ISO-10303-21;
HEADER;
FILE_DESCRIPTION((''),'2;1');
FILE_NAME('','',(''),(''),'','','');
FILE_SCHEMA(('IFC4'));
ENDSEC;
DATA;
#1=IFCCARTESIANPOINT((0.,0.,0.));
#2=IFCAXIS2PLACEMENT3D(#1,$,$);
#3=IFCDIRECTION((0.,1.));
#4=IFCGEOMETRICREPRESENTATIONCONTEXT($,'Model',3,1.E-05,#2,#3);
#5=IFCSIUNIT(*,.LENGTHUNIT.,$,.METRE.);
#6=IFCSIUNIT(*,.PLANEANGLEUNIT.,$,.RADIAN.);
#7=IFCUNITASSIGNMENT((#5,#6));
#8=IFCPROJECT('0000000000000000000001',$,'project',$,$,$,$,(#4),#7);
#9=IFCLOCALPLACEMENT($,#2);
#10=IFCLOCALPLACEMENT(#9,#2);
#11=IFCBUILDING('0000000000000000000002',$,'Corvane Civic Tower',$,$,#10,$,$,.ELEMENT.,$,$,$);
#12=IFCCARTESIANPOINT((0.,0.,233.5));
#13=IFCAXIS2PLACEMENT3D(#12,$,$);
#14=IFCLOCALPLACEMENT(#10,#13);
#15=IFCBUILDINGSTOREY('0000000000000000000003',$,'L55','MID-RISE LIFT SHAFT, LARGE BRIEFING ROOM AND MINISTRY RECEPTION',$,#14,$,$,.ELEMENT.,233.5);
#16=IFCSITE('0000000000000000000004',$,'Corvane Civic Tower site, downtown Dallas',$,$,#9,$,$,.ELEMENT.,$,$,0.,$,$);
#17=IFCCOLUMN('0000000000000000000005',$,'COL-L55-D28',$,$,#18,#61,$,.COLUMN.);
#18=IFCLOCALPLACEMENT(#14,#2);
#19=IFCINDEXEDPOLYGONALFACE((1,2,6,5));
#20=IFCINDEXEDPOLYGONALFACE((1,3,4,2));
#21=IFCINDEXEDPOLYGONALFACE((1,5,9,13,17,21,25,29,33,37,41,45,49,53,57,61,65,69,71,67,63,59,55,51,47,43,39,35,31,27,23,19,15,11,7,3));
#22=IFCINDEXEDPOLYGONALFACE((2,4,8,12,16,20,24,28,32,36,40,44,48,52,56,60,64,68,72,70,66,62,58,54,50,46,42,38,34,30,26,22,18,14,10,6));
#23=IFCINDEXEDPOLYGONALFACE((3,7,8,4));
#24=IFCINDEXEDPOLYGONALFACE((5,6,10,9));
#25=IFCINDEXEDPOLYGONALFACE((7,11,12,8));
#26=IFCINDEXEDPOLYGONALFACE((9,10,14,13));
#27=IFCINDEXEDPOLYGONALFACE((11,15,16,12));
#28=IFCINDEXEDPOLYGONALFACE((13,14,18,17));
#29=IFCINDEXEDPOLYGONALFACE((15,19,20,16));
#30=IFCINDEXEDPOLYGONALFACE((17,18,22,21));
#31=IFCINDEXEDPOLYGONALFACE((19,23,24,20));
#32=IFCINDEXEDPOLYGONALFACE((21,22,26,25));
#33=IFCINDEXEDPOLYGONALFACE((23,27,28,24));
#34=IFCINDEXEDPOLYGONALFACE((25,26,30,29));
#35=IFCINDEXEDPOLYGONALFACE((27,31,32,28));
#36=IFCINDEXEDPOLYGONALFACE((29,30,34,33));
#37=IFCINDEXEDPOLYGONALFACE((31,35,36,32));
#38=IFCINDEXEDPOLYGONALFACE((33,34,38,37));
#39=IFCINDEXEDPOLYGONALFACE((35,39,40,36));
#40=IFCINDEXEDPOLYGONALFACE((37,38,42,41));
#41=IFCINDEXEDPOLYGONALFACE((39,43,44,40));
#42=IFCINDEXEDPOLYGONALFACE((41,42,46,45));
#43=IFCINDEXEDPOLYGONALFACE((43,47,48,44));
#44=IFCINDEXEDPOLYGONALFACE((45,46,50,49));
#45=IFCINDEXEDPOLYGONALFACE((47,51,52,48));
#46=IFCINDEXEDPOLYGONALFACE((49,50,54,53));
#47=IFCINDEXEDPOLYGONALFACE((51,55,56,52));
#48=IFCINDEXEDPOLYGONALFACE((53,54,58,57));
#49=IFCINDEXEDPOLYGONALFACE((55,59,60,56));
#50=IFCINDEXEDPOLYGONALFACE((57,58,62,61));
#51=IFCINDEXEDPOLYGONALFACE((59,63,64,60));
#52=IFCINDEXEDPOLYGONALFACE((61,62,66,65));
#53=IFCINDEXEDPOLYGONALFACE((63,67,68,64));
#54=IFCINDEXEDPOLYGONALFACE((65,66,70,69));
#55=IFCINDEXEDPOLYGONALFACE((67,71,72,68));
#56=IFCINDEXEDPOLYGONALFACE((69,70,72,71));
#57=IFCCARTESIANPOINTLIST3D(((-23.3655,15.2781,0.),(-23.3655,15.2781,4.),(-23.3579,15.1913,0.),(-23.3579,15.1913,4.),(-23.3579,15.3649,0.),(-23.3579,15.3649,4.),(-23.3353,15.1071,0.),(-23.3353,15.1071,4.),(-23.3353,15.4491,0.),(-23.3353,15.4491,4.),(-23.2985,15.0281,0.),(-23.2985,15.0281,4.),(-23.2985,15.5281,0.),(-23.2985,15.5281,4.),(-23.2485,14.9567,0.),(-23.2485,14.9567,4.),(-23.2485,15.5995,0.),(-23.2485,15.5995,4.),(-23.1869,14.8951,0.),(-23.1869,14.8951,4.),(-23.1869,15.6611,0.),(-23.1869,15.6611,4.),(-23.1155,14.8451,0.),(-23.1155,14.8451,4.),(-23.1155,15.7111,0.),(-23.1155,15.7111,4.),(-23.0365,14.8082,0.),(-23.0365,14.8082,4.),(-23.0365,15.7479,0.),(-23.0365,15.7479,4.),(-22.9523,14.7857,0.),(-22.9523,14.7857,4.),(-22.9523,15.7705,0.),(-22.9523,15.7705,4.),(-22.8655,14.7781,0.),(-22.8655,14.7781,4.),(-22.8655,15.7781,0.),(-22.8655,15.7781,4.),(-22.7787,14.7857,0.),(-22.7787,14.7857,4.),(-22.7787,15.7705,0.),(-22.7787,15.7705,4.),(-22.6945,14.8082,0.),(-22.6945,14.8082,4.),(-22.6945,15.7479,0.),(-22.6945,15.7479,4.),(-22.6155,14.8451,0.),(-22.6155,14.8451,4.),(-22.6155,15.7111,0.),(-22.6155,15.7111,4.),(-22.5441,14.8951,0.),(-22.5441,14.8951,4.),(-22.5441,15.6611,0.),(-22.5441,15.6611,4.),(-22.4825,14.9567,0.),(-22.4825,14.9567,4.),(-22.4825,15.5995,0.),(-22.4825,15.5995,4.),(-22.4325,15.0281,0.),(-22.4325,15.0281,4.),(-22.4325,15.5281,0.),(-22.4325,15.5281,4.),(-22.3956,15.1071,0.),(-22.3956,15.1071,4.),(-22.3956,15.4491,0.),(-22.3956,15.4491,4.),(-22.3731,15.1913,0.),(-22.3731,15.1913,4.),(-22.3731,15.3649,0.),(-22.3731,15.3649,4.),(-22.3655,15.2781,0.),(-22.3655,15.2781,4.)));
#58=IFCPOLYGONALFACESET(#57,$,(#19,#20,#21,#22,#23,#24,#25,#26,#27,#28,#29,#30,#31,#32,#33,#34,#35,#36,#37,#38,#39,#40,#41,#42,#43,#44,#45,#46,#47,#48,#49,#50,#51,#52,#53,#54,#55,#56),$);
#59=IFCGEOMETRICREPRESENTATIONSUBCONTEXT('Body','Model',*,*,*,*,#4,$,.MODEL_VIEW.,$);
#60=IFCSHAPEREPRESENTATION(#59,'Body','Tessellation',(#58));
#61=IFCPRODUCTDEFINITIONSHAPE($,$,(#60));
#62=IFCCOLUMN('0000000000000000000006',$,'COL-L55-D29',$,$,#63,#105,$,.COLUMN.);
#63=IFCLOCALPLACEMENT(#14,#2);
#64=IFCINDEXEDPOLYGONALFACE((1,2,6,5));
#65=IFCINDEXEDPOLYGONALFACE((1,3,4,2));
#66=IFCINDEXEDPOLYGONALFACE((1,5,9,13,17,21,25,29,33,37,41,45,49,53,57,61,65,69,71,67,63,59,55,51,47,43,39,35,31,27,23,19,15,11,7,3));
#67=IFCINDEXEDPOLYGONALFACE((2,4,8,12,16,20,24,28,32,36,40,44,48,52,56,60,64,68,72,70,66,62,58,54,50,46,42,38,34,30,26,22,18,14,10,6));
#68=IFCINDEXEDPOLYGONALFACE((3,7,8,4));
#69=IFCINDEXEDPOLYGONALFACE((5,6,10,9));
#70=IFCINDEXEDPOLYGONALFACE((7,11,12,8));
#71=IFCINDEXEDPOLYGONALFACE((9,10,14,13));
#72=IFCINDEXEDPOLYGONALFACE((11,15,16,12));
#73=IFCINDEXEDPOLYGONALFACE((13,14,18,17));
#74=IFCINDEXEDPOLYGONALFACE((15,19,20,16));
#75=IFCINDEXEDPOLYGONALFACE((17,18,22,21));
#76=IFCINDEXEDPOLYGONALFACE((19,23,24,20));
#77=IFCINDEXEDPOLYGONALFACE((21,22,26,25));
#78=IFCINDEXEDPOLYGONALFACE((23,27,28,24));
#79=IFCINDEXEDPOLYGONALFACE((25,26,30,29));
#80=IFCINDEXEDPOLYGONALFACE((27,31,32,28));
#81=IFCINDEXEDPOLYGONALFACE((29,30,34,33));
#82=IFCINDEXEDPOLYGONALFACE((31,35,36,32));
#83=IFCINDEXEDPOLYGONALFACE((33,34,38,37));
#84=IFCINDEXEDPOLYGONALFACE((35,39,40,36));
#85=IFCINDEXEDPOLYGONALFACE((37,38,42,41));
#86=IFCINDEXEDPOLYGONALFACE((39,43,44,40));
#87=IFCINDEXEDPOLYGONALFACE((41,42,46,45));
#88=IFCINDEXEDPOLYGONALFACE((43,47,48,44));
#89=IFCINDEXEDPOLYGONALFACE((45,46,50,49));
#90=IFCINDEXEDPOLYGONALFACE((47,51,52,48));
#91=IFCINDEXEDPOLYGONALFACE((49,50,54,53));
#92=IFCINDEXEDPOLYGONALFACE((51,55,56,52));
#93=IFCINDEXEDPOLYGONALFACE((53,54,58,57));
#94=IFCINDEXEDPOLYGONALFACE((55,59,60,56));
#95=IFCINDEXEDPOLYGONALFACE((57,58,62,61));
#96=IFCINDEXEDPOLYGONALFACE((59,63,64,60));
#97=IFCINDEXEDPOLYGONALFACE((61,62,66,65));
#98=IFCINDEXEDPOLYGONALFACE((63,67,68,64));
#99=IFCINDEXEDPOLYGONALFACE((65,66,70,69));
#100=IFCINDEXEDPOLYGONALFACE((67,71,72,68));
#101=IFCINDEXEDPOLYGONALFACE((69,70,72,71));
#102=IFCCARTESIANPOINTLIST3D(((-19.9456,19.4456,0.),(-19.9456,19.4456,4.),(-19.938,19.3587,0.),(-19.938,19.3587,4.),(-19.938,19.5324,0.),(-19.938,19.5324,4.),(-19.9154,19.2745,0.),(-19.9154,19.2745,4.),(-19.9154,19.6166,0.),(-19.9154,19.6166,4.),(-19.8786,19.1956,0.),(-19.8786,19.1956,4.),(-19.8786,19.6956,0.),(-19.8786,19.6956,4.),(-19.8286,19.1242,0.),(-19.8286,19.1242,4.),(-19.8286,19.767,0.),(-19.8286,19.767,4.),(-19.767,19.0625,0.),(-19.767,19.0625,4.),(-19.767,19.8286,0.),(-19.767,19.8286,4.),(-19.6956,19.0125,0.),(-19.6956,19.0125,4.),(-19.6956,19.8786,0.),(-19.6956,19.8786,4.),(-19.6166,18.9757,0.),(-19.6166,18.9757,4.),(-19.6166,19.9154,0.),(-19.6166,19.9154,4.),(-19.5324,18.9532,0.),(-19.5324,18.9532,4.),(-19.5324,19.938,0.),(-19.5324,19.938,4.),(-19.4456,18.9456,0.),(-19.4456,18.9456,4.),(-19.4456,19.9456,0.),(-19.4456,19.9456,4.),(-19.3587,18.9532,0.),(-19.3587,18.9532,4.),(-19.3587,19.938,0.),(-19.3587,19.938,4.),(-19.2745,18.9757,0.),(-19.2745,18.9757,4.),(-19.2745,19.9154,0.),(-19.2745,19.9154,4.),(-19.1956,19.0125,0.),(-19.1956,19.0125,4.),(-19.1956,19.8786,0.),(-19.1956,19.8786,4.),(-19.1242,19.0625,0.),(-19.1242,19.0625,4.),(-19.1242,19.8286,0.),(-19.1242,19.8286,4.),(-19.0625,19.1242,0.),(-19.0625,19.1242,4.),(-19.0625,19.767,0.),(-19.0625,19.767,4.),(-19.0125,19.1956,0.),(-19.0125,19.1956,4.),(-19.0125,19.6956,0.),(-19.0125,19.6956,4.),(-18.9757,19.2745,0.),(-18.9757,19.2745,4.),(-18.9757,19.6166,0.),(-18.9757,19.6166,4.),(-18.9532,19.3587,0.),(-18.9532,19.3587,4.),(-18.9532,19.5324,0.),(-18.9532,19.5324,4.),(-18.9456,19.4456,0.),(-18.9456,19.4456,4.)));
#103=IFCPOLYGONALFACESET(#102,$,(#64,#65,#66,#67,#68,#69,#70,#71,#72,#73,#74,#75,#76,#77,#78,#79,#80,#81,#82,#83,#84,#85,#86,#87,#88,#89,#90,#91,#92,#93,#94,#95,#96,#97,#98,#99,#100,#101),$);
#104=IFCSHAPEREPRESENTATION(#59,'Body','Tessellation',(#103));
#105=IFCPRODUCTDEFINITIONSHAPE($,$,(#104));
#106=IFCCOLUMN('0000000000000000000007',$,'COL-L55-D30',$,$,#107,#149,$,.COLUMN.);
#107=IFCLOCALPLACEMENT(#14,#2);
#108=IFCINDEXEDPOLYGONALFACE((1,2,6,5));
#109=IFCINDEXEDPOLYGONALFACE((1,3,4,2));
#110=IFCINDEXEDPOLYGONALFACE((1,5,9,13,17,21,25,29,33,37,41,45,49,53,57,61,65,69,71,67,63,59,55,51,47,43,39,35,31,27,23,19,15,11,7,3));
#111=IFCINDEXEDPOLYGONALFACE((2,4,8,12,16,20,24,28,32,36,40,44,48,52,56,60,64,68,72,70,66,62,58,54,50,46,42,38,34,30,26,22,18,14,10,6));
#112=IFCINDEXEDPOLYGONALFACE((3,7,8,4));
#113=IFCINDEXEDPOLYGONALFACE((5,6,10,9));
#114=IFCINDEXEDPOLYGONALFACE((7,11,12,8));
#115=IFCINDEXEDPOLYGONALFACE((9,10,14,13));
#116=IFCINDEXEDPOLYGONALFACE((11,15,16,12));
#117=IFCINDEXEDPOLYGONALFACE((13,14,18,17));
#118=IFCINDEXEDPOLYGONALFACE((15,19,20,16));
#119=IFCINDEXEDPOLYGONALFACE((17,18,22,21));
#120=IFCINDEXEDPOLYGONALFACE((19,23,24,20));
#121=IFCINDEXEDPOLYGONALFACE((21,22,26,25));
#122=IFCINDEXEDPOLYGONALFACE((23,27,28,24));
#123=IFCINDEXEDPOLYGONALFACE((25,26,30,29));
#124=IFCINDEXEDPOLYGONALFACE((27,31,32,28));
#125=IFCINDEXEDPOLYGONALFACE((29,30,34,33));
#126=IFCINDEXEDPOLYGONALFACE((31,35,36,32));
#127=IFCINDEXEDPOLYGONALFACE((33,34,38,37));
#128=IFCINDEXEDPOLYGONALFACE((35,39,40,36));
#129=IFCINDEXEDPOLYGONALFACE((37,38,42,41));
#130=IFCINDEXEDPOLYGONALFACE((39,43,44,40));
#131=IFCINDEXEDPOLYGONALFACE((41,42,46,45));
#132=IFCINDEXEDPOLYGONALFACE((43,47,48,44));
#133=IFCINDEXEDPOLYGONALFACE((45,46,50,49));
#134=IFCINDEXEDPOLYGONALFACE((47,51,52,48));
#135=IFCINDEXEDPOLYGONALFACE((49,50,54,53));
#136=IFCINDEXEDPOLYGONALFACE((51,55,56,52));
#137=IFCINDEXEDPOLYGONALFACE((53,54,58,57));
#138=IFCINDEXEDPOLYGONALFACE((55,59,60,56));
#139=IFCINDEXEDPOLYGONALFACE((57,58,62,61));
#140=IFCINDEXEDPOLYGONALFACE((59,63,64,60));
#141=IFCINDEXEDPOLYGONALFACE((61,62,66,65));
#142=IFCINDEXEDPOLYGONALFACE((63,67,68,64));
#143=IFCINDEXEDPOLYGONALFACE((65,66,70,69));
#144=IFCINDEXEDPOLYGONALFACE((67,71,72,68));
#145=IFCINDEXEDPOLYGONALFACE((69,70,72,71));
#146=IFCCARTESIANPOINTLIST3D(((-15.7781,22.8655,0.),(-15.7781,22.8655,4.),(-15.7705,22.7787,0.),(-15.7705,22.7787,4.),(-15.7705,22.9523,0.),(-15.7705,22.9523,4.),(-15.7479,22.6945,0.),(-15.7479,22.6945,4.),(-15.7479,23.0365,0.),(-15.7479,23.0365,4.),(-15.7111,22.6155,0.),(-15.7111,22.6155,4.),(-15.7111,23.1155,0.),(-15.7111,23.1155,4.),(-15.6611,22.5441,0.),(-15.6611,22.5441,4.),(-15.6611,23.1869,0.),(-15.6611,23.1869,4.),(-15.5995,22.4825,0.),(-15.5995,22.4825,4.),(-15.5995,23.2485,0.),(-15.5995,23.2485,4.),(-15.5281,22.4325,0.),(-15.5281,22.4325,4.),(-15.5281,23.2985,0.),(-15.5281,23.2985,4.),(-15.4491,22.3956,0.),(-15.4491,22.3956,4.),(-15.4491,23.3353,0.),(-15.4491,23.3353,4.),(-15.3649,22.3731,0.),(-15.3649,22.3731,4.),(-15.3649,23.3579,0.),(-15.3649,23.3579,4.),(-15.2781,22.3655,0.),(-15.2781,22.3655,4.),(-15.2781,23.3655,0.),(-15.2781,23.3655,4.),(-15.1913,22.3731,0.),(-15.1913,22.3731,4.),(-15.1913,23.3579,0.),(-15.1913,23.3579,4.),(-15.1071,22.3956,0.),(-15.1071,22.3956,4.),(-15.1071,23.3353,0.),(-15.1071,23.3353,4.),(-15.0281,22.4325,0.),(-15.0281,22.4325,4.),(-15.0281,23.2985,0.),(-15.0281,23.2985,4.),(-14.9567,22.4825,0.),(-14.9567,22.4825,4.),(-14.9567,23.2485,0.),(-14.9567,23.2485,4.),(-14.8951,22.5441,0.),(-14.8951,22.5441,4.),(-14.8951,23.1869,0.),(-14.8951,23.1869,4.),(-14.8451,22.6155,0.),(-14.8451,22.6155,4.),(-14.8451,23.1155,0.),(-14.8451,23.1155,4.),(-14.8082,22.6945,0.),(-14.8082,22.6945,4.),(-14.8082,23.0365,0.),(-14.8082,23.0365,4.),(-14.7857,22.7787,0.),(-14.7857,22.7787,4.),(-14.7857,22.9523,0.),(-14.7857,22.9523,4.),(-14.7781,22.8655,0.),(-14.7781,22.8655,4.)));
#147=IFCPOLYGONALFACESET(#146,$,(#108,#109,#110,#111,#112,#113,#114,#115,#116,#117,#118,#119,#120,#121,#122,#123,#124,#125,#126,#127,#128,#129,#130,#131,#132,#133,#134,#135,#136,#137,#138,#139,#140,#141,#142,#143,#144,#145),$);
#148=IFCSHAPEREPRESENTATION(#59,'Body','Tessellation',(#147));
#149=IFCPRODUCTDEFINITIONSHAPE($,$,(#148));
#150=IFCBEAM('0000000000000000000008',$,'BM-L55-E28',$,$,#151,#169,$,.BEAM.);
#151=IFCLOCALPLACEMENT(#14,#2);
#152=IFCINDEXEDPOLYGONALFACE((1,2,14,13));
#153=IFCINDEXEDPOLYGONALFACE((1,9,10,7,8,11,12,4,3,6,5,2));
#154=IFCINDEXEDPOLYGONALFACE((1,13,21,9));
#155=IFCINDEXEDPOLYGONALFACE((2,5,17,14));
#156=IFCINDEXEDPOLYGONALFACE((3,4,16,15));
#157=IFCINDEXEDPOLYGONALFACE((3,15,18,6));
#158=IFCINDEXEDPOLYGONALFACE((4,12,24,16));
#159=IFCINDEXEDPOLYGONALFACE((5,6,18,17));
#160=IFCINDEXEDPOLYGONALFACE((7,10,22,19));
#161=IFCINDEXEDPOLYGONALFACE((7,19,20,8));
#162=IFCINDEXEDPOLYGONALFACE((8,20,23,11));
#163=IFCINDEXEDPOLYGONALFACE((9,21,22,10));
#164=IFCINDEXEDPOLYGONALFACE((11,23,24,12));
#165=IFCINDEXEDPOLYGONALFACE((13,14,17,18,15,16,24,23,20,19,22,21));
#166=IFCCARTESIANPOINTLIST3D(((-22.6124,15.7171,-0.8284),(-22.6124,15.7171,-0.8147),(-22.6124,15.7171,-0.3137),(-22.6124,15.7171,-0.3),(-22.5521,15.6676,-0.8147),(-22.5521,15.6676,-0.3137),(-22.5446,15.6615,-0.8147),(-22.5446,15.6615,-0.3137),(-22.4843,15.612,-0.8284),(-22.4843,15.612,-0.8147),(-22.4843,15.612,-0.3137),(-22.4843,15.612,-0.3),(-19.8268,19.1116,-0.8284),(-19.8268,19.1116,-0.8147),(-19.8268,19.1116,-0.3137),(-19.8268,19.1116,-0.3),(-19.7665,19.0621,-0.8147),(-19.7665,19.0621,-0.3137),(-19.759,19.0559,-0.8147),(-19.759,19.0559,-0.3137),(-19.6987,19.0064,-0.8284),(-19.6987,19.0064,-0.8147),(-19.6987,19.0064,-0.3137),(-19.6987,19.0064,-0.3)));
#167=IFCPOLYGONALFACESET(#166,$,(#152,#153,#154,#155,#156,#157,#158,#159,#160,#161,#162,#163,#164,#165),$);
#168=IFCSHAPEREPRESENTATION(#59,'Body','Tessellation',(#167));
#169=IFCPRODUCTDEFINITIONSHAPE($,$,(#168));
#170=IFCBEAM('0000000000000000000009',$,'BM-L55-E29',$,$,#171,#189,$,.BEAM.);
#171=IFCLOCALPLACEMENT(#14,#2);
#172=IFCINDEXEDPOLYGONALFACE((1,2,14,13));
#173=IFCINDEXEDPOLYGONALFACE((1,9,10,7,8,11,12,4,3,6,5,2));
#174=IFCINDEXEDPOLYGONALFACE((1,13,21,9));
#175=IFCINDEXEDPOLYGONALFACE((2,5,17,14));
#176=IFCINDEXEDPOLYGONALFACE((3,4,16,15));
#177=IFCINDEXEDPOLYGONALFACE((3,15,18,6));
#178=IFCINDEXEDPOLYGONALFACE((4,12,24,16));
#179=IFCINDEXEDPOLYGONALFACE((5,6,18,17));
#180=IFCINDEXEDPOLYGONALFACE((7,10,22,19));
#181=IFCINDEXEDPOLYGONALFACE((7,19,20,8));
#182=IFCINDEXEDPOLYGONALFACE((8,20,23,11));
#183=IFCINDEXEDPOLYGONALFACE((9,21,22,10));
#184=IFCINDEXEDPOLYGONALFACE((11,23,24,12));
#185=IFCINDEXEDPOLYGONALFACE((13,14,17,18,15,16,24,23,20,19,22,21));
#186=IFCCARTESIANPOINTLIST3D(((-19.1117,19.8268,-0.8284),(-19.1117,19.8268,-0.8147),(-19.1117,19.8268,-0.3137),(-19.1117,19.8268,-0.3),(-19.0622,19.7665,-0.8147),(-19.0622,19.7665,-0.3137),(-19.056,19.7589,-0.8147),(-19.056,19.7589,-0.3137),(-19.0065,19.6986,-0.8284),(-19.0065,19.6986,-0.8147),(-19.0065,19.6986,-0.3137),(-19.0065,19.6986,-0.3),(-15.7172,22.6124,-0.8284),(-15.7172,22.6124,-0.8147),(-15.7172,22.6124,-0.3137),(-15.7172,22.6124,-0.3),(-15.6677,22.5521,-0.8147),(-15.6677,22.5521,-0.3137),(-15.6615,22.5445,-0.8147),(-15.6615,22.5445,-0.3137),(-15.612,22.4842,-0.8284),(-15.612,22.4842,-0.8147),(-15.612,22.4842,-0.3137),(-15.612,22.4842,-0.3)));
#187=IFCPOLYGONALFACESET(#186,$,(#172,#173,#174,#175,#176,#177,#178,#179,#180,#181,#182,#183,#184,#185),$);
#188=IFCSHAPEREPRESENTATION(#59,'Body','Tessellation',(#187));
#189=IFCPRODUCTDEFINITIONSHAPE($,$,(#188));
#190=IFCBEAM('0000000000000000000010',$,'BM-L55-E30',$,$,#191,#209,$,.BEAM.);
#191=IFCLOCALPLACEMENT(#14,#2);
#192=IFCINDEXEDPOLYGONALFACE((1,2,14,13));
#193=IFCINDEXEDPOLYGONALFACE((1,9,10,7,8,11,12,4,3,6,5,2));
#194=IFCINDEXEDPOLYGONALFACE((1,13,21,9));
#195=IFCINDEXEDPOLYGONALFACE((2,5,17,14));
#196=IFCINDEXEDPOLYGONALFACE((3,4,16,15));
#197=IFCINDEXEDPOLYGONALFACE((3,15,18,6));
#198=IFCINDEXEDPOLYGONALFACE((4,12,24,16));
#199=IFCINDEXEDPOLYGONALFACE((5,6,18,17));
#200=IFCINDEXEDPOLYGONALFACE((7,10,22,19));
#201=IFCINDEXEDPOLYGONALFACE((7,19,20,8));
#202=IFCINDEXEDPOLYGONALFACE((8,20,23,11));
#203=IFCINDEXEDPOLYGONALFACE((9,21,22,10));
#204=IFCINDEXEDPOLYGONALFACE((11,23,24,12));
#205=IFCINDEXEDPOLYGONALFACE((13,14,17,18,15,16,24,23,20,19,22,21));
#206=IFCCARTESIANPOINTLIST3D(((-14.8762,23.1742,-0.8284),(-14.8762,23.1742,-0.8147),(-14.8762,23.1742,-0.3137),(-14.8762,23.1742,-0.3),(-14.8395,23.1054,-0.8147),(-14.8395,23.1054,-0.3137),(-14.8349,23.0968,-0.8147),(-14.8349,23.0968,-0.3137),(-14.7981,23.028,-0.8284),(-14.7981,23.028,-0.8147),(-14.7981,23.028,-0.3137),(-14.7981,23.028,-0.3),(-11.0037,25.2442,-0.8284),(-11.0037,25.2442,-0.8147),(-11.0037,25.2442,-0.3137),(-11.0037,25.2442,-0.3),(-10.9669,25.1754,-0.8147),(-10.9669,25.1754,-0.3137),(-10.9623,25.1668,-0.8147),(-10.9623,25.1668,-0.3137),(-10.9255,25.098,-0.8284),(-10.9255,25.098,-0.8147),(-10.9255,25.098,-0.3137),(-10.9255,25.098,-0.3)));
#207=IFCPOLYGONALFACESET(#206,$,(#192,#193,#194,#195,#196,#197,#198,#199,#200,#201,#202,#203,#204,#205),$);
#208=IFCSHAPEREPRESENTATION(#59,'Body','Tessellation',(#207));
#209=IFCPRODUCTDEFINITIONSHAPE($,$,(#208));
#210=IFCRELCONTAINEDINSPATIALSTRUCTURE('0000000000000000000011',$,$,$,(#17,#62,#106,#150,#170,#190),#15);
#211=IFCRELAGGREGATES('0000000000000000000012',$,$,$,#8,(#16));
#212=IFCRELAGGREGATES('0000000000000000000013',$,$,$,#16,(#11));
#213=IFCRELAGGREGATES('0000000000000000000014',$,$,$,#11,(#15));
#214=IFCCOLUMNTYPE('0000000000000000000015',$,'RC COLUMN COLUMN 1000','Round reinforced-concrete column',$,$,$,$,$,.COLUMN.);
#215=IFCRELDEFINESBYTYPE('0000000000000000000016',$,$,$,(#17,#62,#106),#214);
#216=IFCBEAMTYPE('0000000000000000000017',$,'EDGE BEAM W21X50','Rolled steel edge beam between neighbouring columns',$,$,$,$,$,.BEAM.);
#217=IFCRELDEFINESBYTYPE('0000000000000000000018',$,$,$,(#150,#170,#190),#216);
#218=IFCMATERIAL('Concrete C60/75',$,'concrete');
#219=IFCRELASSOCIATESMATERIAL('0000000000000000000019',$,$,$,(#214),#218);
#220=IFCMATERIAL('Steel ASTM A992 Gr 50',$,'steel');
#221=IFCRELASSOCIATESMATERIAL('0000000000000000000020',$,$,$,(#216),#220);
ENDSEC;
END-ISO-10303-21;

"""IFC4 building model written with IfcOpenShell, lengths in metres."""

from ifc_helpers import new_model, si_unit, direction, frame, origin, origin_2d, place, context, subcontext, project, spatial, circle, i_section, extrude, material, material_profile, profile_set, type_object, element, save


model = new_model("IFC4")

# Units and contexts
model_context = context("Model", 3, precision=1e-05, world=origin(), true_north=direction((0.0, 1.0)))
body_context = subcontext(model_context, "Body", "Model", "MODEL_VIEW")
ifc_project = project(units=[si_unit("LENGTHUNIT", "METRE"), si_unit("PLANEANGLEUNIT", "RADIAN")], contexts=[model_context])

# Site, building, storey
site_placement = place(None, origin())
site = spatial("IfcSite", under=ifc_project, at=site_placement, Name="Corvane Civic Tower site, downtown Dallas", CompositionType="ELEMENT", RefElevation=0.0)
building_placement = place(site_placement, origin())
building = spatial("IfcBuilding", under=site, at=building_placement, Name="Corvane Civic Tower", CompositionType="ELEMENT")
storey_placement = place(building_placement, frame((0.0, 0.0, 233.5)))
storey = spatial("IfcBuildingStorey", under=building, at=storey_placement, Name="L55", Description="MID-RISE LIFT SHAFT, LARGE BRIEFING ROOM AND MINISTRY RECEPTION", CompositionType="ELEMENT", Elevation=233.5)

# Columns
ifc_material_1 = material(Name="Concrete C60/75", Category="concrete")
ifc_material_profile_1 = material_profile(ifc_material_1, circle(Radius=0.5, at=origin_2d()), Name="COLUMN 1000")
ifc_profile_set_1 = profile_set([ifc_material_profile_1], Name="Concrete C60/75")
column_type = type_object("IfcColumnType", Name="RC COLUMN COLUMN 1000", Description="Round reinforced-concrete column", PredefinedType="COLUMN", material=ifc_profile_set_1)
for number, where, z_axis, x_axis, name in (
    (1, (-22.8655, 15.2781, 0.0), (0.0, 0.0, 1.0), (1.0, 0.0, 0.0), "COL-L55-D28"),
    (2, (-19.4456, 19.4456, 0.0), (0.0, 0.0, 1.0), (1.0, 0.0, 0.0), "COL-L55-D29"),
    (3, (-15.2781, 22.8655, 0.0), (0.0, 0.0, 1.0), (1.0, 0.0, 0.0), "COL-L55-D30"),
):
    element("IfcColumn", number, at=place(storey_placement, frame(where, z_axis=z_axis, x_axis=x_axis)), inside=storey, type_object=column_type, Name=name, PredefinedType="COLUMN", context=body_context, shape_type="SweptSolid", body=[
        extrude(circle(Radius=0.5, at=origin_2d()), origin(), (0.0, 0.0, 1.0), 4.0),
    ])

# Beams
ifc_material_2 = material(Name="Steel ASTM A992 Gr 50", Category="steel")
ifc_material_profile_2 = material_profile(ifc_material_2, i_section(OverallWidth=0.1658, OverallDepth=0.5283, WebThickness=0.0098, FlangeThickness=0.0137, at=origin_2d()), Name="W21X50")
ifc_profile_set_2 = profile_set([ifc_material_profile_2], Name="Steel ASTM A992 Gr 50")
beam_type = type_object("IfcBeamType", Name="EDGE BEAM W21X50", Description="Rolled steel edge beam between neighbouring columns", PredefinedType="BEAM", material=ifc_profile_set_2)
for number, where, z_axis, x_axis, name in (
    (4, (-22.5483, 15.6646, -0.5642), (0.634369, 0.77303, 0.0), (-0.77303, 0.634369, 0.0), "BM-L55-E28"),
    (5, (-19.0591, 19.7627, -0.5642), (0.77303, 0.634369, 0.0), (-0.634369, 0.77303, 0.0), "BM-L55-E29"),
    (6, (-14.8372, 23.1011, -0.5642), (0.881908, 0.471422, 0.0), (-0.471422, 0.881908, 0.0), "BM-L55-E30"),
):
    element("IfcBeam", number, at=place(storey_placement, frame(where, z_axis=z_axis, x_axis=x_axis)), inside=storey, type_object=beam_type, Name=name, PredefinedType="BEAM", context=body_context, shape_type="SweptSolid", body=[
        extrude(i_section(OverallWidth=0.1658, OverallDepth=0.5283, WebThickness=0.0098, FlangeThickness=0.0137, at=origin_2d()), origin(), (0.0, 0.0, 1.0), 4.3911),
    ])

save(model, "model.ifc")
